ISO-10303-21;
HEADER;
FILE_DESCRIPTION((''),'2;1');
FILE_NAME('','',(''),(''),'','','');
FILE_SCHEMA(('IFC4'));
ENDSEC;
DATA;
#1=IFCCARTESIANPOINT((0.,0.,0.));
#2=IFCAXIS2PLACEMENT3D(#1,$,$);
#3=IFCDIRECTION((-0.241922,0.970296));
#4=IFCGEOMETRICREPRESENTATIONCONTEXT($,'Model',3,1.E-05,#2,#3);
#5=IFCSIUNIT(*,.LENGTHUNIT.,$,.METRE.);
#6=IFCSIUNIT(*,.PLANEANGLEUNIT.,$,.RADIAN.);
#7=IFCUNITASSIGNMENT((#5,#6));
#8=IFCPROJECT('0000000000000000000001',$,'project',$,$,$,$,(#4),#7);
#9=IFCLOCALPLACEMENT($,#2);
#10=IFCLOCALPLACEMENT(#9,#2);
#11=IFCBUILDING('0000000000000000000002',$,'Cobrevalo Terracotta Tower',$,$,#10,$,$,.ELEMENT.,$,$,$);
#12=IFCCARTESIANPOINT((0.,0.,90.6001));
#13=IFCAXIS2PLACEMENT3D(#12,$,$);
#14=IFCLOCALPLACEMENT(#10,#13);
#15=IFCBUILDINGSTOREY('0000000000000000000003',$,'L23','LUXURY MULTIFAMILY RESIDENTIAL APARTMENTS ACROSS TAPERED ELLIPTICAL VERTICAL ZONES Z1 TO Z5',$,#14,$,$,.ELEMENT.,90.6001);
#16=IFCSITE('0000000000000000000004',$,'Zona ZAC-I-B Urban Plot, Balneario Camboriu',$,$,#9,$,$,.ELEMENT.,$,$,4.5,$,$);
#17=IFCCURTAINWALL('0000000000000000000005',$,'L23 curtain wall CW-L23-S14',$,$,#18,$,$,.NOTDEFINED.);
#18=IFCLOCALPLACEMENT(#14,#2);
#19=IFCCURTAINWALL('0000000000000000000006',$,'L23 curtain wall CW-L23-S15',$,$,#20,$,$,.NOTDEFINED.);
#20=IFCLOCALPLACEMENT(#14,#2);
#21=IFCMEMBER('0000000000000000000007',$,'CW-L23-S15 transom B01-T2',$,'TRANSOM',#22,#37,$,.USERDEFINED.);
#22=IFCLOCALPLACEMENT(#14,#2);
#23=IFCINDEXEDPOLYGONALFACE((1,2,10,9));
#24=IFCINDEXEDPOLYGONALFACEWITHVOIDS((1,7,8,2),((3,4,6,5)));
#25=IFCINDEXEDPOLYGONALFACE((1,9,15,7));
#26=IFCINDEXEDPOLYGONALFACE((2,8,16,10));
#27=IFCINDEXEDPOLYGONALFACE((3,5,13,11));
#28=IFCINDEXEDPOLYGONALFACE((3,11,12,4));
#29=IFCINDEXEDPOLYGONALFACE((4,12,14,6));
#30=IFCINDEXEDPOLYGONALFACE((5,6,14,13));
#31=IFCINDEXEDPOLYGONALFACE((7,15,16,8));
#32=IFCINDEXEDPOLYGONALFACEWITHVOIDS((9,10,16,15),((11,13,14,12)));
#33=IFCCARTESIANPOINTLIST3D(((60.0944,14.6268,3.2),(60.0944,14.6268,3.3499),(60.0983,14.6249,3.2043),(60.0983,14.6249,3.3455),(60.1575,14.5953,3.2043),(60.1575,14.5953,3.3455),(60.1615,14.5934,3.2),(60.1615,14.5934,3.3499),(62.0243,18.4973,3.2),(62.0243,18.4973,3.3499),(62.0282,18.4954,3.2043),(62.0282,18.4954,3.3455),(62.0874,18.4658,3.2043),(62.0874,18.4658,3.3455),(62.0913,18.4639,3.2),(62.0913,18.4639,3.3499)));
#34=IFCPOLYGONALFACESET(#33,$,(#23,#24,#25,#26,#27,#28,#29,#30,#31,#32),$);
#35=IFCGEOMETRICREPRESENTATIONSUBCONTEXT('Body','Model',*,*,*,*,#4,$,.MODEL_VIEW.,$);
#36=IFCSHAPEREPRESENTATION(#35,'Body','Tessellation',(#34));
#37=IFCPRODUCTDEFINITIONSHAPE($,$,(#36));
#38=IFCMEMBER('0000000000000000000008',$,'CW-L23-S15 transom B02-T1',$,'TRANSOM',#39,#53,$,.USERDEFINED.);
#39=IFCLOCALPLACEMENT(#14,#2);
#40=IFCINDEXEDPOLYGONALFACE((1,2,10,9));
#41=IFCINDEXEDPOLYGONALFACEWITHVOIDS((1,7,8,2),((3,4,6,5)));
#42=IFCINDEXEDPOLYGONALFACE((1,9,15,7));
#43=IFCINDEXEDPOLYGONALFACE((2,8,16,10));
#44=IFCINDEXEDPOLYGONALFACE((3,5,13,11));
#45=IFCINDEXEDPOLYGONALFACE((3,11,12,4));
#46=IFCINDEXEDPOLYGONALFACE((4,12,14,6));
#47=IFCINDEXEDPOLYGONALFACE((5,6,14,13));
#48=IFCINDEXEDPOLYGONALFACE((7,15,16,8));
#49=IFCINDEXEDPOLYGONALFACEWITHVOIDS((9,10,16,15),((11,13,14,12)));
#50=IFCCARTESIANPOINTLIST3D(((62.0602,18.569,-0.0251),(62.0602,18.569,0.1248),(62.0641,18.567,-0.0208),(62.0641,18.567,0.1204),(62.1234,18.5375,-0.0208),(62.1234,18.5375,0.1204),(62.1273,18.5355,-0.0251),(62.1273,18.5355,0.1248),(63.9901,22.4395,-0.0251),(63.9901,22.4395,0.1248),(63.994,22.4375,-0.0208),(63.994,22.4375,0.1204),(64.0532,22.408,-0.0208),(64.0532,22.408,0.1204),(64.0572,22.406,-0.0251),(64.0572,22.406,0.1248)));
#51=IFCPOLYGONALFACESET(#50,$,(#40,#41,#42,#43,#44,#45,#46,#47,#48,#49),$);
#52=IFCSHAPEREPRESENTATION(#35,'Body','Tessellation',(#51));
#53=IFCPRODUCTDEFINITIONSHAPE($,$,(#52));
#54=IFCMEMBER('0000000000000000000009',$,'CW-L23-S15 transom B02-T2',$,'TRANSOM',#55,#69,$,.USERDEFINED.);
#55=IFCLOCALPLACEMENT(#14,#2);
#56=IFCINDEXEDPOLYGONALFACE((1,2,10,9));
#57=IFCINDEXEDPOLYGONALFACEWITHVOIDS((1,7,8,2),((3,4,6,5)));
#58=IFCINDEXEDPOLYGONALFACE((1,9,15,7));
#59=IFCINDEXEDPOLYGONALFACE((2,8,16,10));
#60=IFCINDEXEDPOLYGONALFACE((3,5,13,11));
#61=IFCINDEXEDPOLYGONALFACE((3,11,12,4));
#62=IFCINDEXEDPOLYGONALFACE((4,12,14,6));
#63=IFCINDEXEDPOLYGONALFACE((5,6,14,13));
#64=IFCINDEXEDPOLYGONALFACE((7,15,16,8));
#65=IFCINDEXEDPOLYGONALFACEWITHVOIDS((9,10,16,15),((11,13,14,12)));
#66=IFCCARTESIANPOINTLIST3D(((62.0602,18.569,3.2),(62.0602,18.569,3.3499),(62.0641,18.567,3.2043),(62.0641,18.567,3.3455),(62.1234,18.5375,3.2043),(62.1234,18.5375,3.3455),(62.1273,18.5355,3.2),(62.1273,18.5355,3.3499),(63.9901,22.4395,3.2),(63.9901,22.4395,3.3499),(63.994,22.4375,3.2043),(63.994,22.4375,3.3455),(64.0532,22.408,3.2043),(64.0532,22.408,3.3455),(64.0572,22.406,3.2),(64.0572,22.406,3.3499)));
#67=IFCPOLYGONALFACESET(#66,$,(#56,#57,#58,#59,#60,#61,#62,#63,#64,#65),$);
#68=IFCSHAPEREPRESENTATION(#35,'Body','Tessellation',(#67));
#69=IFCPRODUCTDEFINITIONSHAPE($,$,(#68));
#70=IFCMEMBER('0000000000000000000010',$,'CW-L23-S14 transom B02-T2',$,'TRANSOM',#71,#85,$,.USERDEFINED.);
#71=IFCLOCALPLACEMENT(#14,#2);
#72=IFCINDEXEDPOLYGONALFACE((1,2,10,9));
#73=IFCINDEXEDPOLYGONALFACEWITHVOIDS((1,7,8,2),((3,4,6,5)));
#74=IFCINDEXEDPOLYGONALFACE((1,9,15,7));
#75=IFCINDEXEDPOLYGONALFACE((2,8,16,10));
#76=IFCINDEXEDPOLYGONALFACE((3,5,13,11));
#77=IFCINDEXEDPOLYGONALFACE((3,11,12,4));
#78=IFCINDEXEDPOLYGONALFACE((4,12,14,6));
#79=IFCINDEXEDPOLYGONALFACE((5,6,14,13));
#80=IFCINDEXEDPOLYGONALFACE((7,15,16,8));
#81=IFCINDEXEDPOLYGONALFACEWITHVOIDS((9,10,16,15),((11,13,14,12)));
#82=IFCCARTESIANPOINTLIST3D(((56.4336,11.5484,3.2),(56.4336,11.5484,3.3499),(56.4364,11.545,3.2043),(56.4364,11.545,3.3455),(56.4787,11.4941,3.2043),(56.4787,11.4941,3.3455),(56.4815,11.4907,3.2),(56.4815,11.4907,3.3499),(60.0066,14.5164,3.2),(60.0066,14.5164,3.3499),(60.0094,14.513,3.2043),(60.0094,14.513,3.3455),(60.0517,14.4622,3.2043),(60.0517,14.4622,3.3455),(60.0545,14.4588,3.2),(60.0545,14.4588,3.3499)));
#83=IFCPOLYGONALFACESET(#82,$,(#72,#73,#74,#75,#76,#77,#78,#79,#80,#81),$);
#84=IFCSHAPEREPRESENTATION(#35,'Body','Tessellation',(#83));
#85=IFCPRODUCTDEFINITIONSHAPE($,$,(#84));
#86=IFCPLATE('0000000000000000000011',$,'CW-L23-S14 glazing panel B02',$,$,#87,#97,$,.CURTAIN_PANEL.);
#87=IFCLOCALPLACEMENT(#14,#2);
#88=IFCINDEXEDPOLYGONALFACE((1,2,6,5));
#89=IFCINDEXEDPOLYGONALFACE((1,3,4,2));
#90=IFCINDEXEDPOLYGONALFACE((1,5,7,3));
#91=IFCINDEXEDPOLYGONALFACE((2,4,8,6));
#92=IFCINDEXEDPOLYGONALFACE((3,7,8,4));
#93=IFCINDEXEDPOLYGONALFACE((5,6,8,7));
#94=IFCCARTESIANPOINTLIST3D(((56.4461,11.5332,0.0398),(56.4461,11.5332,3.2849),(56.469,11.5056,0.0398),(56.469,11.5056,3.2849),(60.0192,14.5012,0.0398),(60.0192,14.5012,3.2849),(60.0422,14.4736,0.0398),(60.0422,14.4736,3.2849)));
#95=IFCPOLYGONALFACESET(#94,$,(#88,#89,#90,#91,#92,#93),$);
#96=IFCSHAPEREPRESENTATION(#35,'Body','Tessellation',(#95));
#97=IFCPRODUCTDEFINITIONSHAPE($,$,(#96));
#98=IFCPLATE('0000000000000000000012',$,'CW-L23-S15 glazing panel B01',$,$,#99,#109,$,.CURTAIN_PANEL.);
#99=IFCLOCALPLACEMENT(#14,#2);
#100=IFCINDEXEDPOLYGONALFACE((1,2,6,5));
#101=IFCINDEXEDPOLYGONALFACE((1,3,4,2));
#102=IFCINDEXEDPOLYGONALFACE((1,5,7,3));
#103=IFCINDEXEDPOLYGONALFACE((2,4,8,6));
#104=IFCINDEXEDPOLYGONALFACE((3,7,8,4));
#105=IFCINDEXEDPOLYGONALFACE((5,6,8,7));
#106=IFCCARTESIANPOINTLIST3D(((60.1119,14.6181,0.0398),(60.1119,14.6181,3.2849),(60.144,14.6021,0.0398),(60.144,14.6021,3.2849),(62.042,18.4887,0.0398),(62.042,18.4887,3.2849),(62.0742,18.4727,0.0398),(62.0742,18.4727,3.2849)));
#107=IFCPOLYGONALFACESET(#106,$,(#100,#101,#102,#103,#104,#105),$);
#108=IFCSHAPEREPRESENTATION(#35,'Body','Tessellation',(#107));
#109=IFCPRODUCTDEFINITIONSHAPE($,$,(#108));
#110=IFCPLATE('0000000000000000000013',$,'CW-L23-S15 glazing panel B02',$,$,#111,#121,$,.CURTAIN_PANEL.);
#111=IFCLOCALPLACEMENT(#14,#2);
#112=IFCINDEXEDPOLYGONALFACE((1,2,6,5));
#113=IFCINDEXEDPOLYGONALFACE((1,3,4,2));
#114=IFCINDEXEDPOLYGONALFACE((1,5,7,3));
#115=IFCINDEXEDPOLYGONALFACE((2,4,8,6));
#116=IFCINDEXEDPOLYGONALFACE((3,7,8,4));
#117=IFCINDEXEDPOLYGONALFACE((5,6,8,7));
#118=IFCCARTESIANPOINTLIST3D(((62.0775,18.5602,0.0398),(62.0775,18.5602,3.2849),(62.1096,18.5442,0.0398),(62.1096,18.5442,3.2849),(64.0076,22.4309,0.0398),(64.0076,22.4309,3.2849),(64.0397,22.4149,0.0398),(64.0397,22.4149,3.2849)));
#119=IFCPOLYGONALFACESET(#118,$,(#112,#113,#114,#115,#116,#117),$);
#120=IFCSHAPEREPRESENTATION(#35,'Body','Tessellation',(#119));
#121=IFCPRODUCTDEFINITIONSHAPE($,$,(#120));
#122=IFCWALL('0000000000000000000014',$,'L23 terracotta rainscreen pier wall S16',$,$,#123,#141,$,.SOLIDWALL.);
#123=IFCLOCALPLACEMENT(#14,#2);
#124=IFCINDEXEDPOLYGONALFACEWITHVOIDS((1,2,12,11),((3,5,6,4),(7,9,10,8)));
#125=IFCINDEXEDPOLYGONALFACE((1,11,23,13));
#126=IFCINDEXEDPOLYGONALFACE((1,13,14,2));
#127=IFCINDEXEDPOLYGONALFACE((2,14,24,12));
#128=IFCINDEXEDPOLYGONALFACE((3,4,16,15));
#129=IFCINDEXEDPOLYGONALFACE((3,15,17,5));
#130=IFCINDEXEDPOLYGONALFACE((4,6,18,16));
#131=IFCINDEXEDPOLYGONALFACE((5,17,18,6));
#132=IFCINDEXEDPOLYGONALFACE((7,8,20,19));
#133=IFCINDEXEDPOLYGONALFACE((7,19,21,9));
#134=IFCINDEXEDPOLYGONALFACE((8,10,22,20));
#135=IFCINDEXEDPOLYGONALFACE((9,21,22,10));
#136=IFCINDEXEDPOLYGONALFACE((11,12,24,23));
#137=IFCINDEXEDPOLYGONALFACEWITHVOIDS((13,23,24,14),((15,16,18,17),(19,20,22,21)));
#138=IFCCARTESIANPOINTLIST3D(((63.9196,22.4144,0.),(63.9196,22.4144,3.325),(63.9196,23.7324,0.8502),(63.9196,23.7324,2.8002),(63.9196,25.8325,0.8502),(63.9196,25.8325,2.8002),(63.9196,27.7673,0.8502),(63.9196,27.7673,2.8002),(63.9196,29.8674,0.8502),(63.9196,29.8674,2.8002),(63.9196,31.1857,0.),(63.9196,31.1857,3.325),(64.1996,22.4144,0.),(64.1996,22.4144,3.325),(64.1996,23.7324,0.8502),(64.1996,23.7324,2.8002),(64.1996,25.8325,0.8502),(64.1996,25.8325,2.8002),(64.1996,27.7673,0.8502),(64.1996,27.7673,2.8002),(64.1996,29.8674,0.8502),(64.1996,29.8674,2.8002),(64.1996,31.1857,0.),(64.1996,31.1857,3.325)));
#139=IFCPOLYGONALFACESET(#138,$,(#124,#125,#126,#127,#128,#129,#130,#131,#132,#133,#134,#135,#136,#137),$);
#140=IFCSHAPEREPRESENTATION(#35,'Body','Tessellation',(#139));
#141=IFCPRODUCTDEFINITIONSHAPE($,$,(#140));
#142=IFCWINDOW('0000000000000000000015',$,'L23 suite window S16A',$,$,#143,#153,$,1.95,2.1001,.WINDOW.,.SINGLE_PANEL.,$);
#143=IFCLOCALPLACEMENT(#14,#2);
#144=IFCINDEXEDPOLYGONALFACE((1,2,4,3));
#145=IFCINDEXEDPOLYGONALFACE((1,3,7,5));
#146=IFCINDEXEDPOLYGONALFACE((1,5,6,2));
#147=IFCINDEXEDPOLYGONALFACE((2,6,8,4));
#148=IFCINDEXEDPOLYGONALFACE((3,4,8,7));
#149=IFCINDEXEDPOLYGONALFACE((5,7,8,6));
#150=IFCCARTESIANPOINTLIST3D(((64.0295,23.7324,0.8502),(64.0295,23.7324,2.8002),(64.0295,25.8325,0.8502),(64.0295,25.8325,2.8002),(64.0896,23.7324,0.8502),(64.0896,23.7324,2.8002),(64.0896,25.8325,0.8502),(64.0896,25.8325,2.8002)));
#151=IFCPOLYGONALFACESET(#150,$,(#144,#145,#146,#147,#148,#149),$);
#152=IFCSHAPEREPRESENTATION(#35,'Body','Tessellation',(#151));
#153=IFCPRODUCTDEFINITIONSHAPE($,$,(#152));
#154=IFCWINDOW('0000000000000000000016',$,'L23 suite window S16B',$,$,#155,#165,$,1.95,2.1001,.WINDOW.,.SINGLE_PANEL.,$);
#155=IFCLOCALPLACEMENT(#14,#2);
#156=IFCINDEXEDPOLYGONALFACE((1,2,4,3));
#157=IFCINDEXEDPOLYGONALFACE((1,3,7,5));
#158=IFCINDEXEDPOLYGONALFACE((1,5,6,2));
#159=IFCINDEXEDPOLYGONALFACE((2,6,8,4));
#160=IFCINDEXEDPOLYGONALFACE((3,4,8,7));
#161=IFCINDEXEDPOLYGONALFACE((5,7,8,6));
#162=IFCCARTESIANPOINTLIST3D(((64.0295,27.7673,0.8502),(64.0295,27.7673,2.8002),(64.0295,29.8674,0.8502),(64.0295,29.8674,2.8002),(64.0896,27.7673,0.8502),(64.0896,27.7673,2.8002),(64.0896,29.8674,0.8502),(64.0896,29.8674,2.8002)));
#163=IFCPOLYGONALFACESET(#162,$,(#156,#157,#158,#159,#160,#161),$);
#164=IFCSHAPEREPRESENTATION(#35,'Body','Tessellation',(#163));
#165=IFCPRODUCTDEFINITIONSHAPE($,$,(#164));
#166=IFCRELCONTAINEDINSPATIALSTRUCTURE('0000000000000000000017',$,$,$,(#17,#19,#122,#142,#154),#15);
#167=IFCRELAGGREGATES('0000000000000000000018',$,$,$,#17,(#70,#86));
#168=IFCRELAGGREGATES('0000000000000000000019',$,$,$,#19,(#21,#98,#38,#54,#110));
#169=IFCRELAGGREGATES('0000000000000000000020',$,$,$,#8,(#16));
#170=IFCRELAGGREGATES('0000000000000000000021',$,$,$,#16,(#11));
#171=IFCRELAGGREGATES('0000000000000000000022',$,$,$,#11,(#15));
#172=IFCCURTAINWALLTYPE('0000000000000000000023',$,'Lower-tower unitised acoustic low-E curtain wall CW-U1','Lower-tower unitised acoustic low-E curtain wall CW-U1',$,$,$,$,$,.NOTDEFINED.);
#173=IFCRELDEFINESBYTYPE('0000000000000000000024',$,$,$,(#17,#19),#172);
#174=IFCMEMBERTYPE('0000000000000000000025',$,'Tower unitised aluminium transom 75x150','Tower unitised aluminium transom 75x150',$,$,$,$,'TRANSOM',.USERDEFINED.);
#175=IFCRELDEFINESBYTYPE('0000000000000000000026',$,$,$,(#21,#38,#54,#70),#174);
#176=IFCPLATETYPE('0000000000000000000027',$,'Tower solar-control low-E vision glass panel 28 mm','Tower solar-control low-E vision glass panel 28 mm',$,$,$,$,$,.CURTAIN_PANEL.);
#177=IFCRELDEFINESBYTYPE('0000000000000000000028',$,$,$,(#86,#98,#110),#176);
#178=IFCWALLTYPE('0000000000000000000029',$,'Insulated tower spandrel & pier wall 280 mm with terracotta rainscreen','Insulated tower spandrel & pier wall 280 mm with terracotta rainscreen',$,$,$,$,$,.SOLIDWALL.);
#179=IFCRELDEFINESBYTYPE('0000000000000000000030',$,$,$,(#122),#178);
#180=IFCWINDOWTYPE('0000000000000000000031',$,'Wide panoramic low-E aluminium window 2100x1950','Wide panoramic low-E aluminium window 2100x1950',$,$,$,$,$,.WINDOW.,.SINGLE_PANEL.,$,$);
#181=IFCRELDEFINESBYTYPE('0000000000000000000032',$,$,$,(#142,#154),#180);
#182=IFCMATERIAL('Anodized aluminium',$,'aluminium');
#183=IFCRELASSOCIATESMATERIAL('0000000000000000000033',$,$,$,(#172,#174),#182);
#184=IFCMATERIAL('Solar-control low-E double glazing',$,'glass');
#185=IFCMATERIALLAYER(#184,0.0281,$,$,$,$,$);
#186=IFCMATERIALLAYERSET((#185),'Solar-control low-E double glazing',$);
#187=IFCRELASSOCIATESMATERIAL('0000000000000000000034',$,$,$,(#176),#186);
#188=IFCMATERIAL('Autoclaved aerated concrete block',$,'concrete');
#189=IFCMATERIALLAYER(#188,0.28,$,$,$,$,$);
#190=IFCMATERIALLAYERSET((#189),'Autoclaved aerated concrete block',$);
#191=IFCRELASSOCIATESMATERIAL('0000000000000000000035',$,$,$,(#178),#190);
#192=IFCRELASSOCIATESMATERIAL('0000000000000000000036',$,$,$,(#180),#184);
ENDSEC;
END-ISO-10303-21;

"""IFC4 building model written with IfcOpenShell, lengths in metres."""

from ifc_helpers import new_model, si_unit, direction, frame, frame_2d, origin, origin_2d, place, context, subcontext, project, spatial, rectangle, hollow_rectangle, extrude, source, transform, mapped, material, layer, layer_set, material_profile, profile_set, type_object, element, fill, aggregate, save


model = new_model("IFC4")

# Units and contexts
model_context = context("Model", 3, precision=1e-05, world=origin(), true_north=direction((-0.241922, 0.970296)))
body_context = subcontext(model_context, "Body", "Model", "MODEL_VIEW")
ifc_project = project(units=[si_unit("LENGTHUNIT", "METRE"), si_unit("PLANEANGLEUNIT", "RADIAN")], contexts=[model_context])

# Site, building, storey
site_placement = place(None, origin())
site = spatial("IfcSite", under=ifc_project, at=site_placement, Name="Zona ZAC-I-B Urban Plot, Balneario Camboriu", CompositionType="ELEMENT", RefElevation=4.5)
building_placement = place(site_placement, origin())
building = spatial("IfcBuilding", under=site, at=building_placement, Name="Cobrevalo Terracotta Tower", CompositionType="ELEMENT")
storey_placement = place(building_placement, frame((0.0, 0.0, 90.6001)))
storey = spatial("IfcBuildingStorey", under=building, at=storey_placement, Name="L23", Description="LUXURY MULTIFAMILY RESIDENTIAL APARTMENTS ACROSS TAPERED ELLIPTICAL VERTICAL ZONES Z1 TO Z5", CompositionType="ELEMENT", Elevation=90.6001)

# Curtain wall
ifc_material_1 = material(Name="Anodized aluminium", Category="aluminium")
curtain_wall_type = type_object("IfcCurtainWallType", Name="Lower-tower unitised acoustic low-E curtain wall CW-U1", Description="Lower-tower unitised acoustic low-E curtain wall CW-U1", PredefinedType="NOTDEFINED", material=ifc_material_1)
curtain_wall_1_placement = place(storey_placement, origin())
curtain_wall_1 = element("IfcCurtainWall", 1, at=curtain_wall_1_placement, inside=storey, type_object=curtain_wall_type, Name="L23 curtain wall CW-L23-S14", PredefinedType="NOTDEFINED")

# Curtain wall, members
curtain_wall_2_placement = place(storey_placement, origin())
curtain_wall_2 = element("IfcCurtainWall", 2, at=curtain_wall_2_placement, inside=storey, type_object=curtain_wall_type, Name="L23 curtain wall CW-L23-S15", PredefinedType="NOTDEFINED")
ifc_material_profile_1 = material_profile(ifc_material_1, hollow_rectangle(XDim=0.075, YDim=0.1499, WallThickness=0.0044, at=origin_2d()), Name="CWT 75x150")
ifc_profile_set_1 = profile_set([ifc_material_profile_1], Name="Anodized aluminium")
member_type_1 = type_object("IfcMemberType", Name="Tower unitised aluminium transom 75x150", Description="Tower unitised aluminium transom 75x150", ElementType="TRANSOM", PredefinedType="USERDEFINED", material=ifc_profile_set_1)
shared_shape_1 = source(origin(), body_context, "Body", "SweptSolid", [
    extrude(hollow_rectangle(XDim=0.075, YDim=0.1499, WallThickness=0.0044, at=origin_2d()), origin(), (0.0, 0.0, 1.0), 4.325),
])
member_1_placement = place(storey_placement, frame((60.1279, 14.6101, 3.2749), z_axis=(0.44622, 0.894923, 0.0), x_axis=(-0.894923, 0.44622, 0.0)))
member_1 = element("IfcMember", 3, at=member_1_placement, type_object=member_type_1, Name="CW-L23-S15 transom B01-T2", ObjectType="TRANSOM", PredefinedType="USERDEFINED", context=body_context, shape_type="MappedRepresentation", body=[
    mapped(shared_shape_1, transform((0.0, 0.0, 0.0), scale=1.0)),
])
member_2_placement = place(storey_placement, frame((62.0938, 18.5522, 0.0498), z_axis=(0.44622, 0.894923, 0.0), x_axis=(-0.894923, 0.44622, 0.0)))
member_2 = element("IfcMember", 4, at=member_2_placement, type_object=member_type_1, Name="CW-L23-S15 transom B02-T1", ObjectType="TRANSOM", PredefinedType="USERDEFINED", context=body_context, shape_type="MappedRepresentation", body=[
    mapped(shared_shape_1, transform((0.0, 0.0, 0.0), scale=1.0)),
])
member_3_placement = place(storey_placement, frame((62.0938, 18.5522, 3.2749), z_axis=(0.44622, 0.894923, 0.0), x_axis=(-0.894923, 0.44622, 0.0)))
member_3 = element("IfcMember", 5, at=member_3_placement, type_object=member_type_1, Name="CW-L23-S15 transom B02-T2", ObjectType="TRANSOM", PredefinedType="USERDEFINED", context=body_context, shape_type="MappedRepresentation", body=[
    mapped(shared_shape_1, transform((0.0, 0.0, 0.0), scale=1.0)),
])

# Member
shared_shape_2 = source(origin(), body_context, "Body", "SweptSolid", [
    extrude(hollow_rectangle(XDim=0.075, YDim=0.1499, WallThickness=0.0044, at=origin_2d()), origin(), (0.0, 0.0, 1.0), 4.645),
])
member_4_placement = place(storey_placement, frame((56.4575, 11.5195, 3.2749), z_axis=(0.769224, 0.638979, 0.0), x_axis=(-0.638979, 0.769224, 0.0)))
member_4 = element("IfcMember", 6, at=member_4_placement, type_object=member_type_1, Name="CW-L23-S14 transom B02-T2", ObjectType="TRANSOM", PredefinedType="USERDEFINED", context=body_context, shape_type="MappedRepresentation", body=[
    mapped(shared_shape_2, transform((0.0, 0.0, 0.0), scale=1.0)),
])

# Plates
ifc_material_2 = material(Name="Solar-control low-E double glazing", Category="glass")
ifc_layer_1 = layer(ifc_material_2, 0.0281)
ifc_layer_set_1 = layer_set([ifc_layer_1], Name="Solar-control low-E double glazing")
plate_type = type_object("IfcPlateType", Name="Tower solar-control low-E vision glass panel 28 mm", Description="Tower solar-control low-E vision glass panel 28 mm", PredefinedType="CURTAIN_PANEL", material=ifc_layer_set_1)
shared_shape_3 = source(origin(), body_context, "Body", "SweptSolid", [
    extrude(rectangle(XDim=4.645, YDim=0.0359, at=origin_2d()), origin(), (0.0, 0.0, 1.0), 3.2451),
])
plate_1_placement = place(storey_placement, frame((58.2441, 13.0034, 0.0398), z_axis=(0.0, 0.0, 1.0), x_axis=(0.769241, 0.638958, 0.0)))
plate_1 = element("IfcPlate", 7, at=plate_1_placement, type_object=plate_type, Name="CW-L23-S14 glazing panel B02", PredefinedType="CURTAIN_PANEL", context=body_context, shape_type="MappedRepresentation", body=[
    mapped(shared_shape_3, transform((0.0, 0.0, 0.0), scale=1.0)),
])
aggregate(curtain_wall_1, [member_4, plate_1])
shared_shape_4 = source(origin(), body_context, "Body", "SweptSolid", [
    extrude(rectangle(XDim=4.3252, YDim=0.0359, at=origin_2d()), origin(), (0.0, 0.0, 1.0), 3.2451),
])
plate_2_placement = place(storey_placement, frame((61.093, 16.5454, 0.0398), z_axis=(0.0, 0.0, 1.0), x_axis=(0.446262, 0.894902, 0.0)))
plate_2 = element("IfcPlate", 8, at=plate_2_placement, type_object=plate_type, Name="CW-L23-S15 glazing panel B01", PredefinedType="CURTAIN_PANEL", context=body_context, shape_type="MappedRepresentation", body=[
    mapped(shared_shape_4, transform((0.0, 0.0, 0.0), scale=1.0)),
])
plate_3_placement = place(storey_placement, frame((63.0586, 20.4875, 0.0398), z_axis=(0.0, 0.0, 1.0), x_axis=(0.446262, 0.894902, 0.0)))
plate_3 = element("IfcPlate", 9, at=plate_3_placement, type_object=plate_type, Name="CW-L23-S15 glazing panel B02", PredefinedType="CURTAIN_PANEL", context=body_context, shape_type="MappedRepresentation", body=[
    mapped(shared_shape_4, transform((0.0, 0.0, 0.0), scale=1.0)),
])
aggregate(curtain_wall_2, [member_1, plate_2, member_2, member_3, plate_3])

# Wall, openings, windows
ifc_material_3 = material(Name="Autoclaved aerated concrete block", Category="concrete")
ifc_layer_2 = layer(ifc_material_3, 0.28)
ifc_layer_set_2 = layer_set([ifc_layer_2], Name="Autoclaved aerated concrete block")
wall_type = type_object("IfcWallType", Name="Insulated tower spandrel & pier wall 280 mm with terracotta rainscreen", Description="Insulated tower spandrel & pier wall 280 mm with terracotta rainscreen", PredefinedType="SOLIDWALL", material=ifc_layer_set_2)
wall_placement = place(storey_placement, frame((64.0596, 22.4143, 0.0), z_axis=(0.0, 0.0, 1.0), x_axis=(0.0, 1.0, 0.0)))
wall = element("IfcWall", 10, at=wall_placement, inside=storey, type_object=wall_type, Name="L23 terracotta rainscreen pier wall S16", PredefinedType="SOLIDWALL", context=body_context, shape_type="SweptSolid", body=[
    extrude(rectangle(XDim=8.7712, YDim=0.28, at=frame_2d((4.3857, 0.0))), origin(), (0.0, 0.0, 1.0), 3.325),
])
opening_1_placement = place(wall_placement, frame((1.3181, 0.0, 0.8501)))
opening_1 = element("IfcOpeningElement", 11, at=opening_1_placement, cuts=wall, PredefinedType="OPENING", context=body_context, shape_type="SweptSolid", body=[
    extrude(rectangle(XDim=2.1001, YDim=1.95, at=frame_2d((1.05, 0.9751))), frame((0.0, 0.1499, 0.0), z_axis=(0.0, -1.0, 0.0), x_axis=(1.0, 0.0, 0.0)), (0.0, 0.0, 1.0), 0.3),
])
opening_2_placement = place(wall_placement, frame((5.353, 0.0, 0.8501)))
opening_2 = element("IfcOpeningElement", 12, at=opening_2_placement, cuts=wall, PredefinedType="OPENING", context=body_context, shape_type="SweptSolid", body=[
    extrude(rectangle(XDim=2.1001, YDim=1.95, at=frame_2d((1.05, 0.9751))), frame((0.0, 0.1499, 0.0), z_axis=(0.0, -1.0, 0.0), x_axis=(1.0, 0.0, 0.0)), (0.0, 0.0, 1.0), 0.3),
])
window_type = type_object("IfcWindowType", Name="Wide panoramic low-E aluminium window 2100x1950", Description="Wide panoramic low-E aluminium window 2100x1950", PartitioningType="SINGLE_PANEL", PredefinedType="WINDOW", material=ifc_material_2)
shared_shape_5 = source(origin(), body_context, "Body", "SweptSolid", [
    extrude(rectangle(XDim=2.1001, YDim=1.95, at=frame_2d((1.05, 0.9751))), frame((0.0, 0.03, 0.0), z_axis=(0.0, -1.0, 0.0), x_axis=(1.0, 0.0, 0.0)), (0.0, 0.0, 1.0), 0.0601),
])
window_1_placement = place(opening_1_placement, origin())
window_1 = element("IfcWindow", 13, at=window_1_placement, inside=storey, type_object=window_type, Name="L23 suite window S16A", OverallHeight=1.95, OverallWidth=2.1001, PartitioningType="SINGLE_PANEL", PredefinedType="WINDOW", context=body_context, shape_type="MappedRepresentation", body=[
    mapped(shared_shape_5, transform((0.0, 0.0, 0.0), scale=1.0)),
])
fill(opening_1, window_1)
window_2_placement = place(opening_2_placement, origin())
window_2 = element("IfcWindow", 14, at=window_2_placement, inside=storey, type_object=window_type, Name="L23 suite window S16B", OverallHeight=1.95, OverallWidth=2.1001, PartitioningType="SINGLE_PANEL", PredefinedType="WINDOW", context=body_context, shape_type="MappedRepresentation", body=[
    mapped(shared_shape_5, transform((0.0, 0.0, 0.0), scale=1.0)),
])
fill(opening_2, window_2)

save(model, "model.ifc")
